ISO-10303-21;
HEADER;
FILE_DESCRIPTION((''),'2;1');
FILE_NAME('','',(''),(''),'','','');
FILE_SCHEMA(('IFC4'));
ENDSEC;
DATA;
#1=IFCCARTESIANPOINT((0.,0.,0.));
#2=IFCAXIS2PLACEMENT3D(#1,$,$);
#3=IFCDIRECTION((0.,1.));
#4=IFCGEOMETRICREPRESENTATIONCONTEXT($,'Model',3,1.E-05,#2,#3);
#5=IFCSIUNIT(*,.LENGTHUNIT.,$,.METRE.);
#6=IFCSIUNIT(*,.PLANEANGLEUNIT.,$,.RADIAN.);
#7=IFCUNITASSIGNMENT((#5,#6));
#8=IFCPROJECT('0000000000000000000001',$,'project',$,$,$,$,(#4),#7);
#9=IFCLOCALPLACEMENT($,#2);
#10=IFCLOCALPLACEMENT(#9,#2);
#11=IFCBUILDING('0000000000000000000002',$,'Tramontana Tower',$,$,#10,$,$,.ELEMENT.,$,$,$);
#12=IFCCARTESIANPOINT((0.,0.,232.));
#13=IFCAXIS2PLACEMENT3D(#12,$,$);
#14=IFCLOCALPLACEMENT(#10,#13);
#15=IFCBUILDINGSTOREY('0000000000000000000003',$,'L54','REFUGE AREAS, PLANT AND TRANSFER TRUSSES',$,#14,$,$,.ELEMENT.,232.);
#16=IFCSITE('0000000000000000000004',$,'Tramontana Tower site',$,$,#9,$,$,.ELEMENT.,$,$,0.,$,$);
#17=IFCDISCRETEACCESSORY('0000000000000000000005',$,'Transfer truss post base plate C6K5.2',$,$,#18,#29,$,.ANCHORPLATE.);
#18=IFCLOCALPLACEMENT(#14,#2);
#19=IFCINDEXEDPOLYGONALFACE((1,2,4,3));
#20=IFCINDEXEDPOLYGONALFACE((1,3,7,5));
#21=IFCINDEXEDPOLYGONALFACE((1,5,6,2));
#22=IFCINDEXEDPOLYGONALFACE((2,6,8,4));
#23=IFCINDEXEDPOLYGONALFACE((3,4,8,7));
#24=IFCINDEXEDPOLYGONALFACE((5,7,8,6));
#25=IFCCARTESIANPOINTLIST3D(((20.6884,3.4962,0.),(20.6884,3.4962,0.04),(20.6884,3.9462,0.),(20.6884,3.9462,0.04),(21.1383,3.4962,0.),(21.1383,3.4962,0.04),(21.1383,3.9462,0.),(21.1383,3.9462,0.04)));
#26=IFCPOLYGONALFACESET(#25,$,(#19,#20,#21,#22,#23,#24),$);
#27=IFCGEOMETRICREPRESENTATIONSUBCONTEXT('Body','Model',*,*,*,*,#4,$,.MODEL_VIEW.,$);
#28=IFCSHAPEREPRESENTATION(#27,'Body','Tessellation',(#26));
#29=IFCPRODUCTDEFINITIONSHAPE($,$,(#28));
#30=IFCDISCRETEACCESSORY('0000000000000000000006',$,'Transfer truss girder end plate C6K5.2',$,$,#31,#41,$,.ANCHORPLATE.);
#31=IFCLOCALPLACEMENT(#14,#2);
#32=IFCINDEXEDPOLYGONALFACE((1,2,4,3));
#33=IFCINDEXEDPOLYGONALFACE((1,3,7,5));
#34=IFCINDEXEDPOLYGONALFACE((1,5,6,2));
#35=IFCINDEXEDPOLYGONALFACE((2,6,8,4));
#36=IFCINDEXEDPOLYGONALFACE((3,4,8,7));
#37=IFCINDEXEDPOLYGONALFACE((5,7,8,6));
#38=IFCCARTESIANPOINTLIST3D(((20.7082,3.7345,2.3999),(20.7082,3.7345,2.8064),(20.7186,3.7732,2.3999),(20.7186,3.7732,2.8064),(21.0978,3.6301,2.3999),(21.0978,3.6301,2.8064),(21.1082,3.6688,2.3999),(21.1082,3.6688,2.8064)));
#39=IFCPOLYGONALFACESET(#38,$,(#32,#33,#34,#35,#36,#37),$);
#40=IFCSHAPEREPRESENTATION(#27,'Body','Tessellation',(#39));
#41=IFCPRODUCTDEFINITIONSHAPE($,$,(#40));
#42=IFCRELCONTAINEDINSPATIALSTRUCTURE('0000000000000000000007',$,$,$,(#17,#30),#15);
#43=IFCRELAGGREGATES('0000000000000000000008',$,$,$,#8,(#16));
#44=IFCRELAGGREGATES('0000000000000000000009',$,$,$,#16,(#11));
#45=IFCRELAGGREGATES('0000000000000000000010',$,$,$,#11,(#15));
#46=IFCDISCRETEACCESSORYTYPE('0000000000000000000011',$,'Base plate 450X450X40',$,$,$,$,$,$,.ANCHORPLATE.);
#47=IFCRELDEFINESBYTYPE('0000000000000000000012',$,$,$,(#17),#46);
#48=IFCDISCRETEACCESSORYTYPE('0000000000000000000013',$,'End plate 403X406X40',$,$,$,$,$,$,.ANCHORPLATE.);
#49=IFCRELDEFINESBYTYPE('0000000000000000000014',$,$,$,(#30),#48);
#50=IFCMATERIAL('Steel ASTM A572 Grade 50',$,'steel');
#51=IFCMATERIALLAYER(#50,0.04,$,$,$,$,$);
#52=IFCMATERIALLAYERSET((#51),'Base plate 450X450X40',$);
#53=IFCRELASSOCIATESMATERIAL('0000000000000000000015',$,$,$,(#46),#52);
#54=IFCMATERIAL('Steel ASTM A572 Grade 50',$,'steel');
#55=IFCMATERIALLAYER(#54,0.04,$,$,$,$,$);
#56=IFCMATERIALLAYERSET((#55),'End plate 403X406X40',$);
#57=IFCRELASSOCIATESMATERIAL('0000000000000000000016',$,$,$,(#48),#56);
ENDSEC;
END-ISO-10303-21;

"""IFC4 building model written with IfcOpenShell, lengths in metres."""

from ifc_helpers import new_model, si_unit, direction, frame, origin, origin_2d, place, context, subcontext, project, spatial, rectangle, extrude, material, layer, layer_set, type_object, element, save


model = new_model("IFC4")

# Units and contexts
model_context = context("Model", 3, precision=1e-05, world=origin(), true_north=direction((0.0, 1.0)))
body_context = subcontext(model_context, "Body", "Model", "MODEL_VIEW")
ifc_project = project(units=[si_unit("LENGTHUNIT", "METRE"), si_unit("PLANEANGLEUNIT", "RADIAN")], contexts=[model_context])

# Site, building, storey
site_placement = place(None, origin())
site = spatial("IfcSite", under=ifc_project, at=site_placement, Name="Tramontana Tower site", CompositionType="ELEMENT", RefElevation=0.0)
building_placement = place(site_placement, origin())
building = spatial("IfcBuilding", under=site, at=building_placement, Name="Tramontana Tower", CompositionType="ELEMENT")
storey_placement = place(building_placement, frame((0.0, 0.0, 232.0)))
storey = spatial("IfcBuildingStorey", under=building, at=storey_placement, Name="L54", Description="REFUGE AREAS, PLANT AND TRANSFER TRUSSES", CompositionType="ELEMENT", Elevation=232.0)

# Discrete accessories
ifc_material_1 = material(Name="Steel ASTM A572 Grade 50", Category="steel")
ifc_layer_1 = layer(ifc_material_1, 0.04)
ifc_layer_set_1 = layer_set([ifc_layer_1], Name="Base plate 450X450X40")
discrete_accessory_type_1 = type_object("IfcDiscreteAccessoryType", Name="Base plate 450X450X40", PredefinedType="ANCHORPLATE", material=ifc_layer_set_1)
for number, where, z_axis, x_axis, name in (
    (1, (20.9133, 3.7212, 0.0), (0.0, 0.0, 1.0), (1.0, 0.0, 0.0), "Transfer truss post base plate C6K5.2"),
):
    element("IfcDiscreteAccessory", number, at=place(storey_placement, frame(where, z_axis=z_axis, x_axis=x_axis)), inside=storey, type_object=discrete_accessory_type_1, Name=name, PredefinedType="ANCHORPLATE", context=body_context, shape_type="SweptSolid", body=[
        extrude(rectangle(XDim=0.45, YDim=0.45, at=origin_2d()), origin(), (0.0, 0.0, 1.0), 0.04),
    ])
ifc_material_2 = material(Name="Steel ASTM A572 Grade 50", Category="steel")
ifc_layer_2 = layer(ifc_material_2, 0.04)
ifc_layer_set_2 = layer_set([ifc_layer_2], Name="End plate 403X406X40")
discrete_accessory_type_2 = type_object("IfcDiscreteAccessoryType", Name="End plate 403X406X40", PredefinedType="ANCHORPLATE", material=ifc_layer_set_2)
discrete_accessory_placement = place(storey_placement, frame((20.9082, 3.7017, 2.3999), z_axis=(0.0, 0.0, 1.0), x_axis=(-0.965926, 0.258819, 0.0)))
element("IfcDiscreteAccessory", 2, at=discrete_accessory_placement, inside=storey, type_object=discrete_accessory_type_2, Name="Transfer truss girder end plate C6K5.2", PredefinedType="ANCHORPLATE", context=body_context, shape_type="SweptSolid", body=[
    extrude(rectangle(XDim=0.4033, YDim=0.04, at=origin_2d()), origin(), (0.0, 0.0, 1.0), 0.4065),
])

save(model, "model.ifc")
